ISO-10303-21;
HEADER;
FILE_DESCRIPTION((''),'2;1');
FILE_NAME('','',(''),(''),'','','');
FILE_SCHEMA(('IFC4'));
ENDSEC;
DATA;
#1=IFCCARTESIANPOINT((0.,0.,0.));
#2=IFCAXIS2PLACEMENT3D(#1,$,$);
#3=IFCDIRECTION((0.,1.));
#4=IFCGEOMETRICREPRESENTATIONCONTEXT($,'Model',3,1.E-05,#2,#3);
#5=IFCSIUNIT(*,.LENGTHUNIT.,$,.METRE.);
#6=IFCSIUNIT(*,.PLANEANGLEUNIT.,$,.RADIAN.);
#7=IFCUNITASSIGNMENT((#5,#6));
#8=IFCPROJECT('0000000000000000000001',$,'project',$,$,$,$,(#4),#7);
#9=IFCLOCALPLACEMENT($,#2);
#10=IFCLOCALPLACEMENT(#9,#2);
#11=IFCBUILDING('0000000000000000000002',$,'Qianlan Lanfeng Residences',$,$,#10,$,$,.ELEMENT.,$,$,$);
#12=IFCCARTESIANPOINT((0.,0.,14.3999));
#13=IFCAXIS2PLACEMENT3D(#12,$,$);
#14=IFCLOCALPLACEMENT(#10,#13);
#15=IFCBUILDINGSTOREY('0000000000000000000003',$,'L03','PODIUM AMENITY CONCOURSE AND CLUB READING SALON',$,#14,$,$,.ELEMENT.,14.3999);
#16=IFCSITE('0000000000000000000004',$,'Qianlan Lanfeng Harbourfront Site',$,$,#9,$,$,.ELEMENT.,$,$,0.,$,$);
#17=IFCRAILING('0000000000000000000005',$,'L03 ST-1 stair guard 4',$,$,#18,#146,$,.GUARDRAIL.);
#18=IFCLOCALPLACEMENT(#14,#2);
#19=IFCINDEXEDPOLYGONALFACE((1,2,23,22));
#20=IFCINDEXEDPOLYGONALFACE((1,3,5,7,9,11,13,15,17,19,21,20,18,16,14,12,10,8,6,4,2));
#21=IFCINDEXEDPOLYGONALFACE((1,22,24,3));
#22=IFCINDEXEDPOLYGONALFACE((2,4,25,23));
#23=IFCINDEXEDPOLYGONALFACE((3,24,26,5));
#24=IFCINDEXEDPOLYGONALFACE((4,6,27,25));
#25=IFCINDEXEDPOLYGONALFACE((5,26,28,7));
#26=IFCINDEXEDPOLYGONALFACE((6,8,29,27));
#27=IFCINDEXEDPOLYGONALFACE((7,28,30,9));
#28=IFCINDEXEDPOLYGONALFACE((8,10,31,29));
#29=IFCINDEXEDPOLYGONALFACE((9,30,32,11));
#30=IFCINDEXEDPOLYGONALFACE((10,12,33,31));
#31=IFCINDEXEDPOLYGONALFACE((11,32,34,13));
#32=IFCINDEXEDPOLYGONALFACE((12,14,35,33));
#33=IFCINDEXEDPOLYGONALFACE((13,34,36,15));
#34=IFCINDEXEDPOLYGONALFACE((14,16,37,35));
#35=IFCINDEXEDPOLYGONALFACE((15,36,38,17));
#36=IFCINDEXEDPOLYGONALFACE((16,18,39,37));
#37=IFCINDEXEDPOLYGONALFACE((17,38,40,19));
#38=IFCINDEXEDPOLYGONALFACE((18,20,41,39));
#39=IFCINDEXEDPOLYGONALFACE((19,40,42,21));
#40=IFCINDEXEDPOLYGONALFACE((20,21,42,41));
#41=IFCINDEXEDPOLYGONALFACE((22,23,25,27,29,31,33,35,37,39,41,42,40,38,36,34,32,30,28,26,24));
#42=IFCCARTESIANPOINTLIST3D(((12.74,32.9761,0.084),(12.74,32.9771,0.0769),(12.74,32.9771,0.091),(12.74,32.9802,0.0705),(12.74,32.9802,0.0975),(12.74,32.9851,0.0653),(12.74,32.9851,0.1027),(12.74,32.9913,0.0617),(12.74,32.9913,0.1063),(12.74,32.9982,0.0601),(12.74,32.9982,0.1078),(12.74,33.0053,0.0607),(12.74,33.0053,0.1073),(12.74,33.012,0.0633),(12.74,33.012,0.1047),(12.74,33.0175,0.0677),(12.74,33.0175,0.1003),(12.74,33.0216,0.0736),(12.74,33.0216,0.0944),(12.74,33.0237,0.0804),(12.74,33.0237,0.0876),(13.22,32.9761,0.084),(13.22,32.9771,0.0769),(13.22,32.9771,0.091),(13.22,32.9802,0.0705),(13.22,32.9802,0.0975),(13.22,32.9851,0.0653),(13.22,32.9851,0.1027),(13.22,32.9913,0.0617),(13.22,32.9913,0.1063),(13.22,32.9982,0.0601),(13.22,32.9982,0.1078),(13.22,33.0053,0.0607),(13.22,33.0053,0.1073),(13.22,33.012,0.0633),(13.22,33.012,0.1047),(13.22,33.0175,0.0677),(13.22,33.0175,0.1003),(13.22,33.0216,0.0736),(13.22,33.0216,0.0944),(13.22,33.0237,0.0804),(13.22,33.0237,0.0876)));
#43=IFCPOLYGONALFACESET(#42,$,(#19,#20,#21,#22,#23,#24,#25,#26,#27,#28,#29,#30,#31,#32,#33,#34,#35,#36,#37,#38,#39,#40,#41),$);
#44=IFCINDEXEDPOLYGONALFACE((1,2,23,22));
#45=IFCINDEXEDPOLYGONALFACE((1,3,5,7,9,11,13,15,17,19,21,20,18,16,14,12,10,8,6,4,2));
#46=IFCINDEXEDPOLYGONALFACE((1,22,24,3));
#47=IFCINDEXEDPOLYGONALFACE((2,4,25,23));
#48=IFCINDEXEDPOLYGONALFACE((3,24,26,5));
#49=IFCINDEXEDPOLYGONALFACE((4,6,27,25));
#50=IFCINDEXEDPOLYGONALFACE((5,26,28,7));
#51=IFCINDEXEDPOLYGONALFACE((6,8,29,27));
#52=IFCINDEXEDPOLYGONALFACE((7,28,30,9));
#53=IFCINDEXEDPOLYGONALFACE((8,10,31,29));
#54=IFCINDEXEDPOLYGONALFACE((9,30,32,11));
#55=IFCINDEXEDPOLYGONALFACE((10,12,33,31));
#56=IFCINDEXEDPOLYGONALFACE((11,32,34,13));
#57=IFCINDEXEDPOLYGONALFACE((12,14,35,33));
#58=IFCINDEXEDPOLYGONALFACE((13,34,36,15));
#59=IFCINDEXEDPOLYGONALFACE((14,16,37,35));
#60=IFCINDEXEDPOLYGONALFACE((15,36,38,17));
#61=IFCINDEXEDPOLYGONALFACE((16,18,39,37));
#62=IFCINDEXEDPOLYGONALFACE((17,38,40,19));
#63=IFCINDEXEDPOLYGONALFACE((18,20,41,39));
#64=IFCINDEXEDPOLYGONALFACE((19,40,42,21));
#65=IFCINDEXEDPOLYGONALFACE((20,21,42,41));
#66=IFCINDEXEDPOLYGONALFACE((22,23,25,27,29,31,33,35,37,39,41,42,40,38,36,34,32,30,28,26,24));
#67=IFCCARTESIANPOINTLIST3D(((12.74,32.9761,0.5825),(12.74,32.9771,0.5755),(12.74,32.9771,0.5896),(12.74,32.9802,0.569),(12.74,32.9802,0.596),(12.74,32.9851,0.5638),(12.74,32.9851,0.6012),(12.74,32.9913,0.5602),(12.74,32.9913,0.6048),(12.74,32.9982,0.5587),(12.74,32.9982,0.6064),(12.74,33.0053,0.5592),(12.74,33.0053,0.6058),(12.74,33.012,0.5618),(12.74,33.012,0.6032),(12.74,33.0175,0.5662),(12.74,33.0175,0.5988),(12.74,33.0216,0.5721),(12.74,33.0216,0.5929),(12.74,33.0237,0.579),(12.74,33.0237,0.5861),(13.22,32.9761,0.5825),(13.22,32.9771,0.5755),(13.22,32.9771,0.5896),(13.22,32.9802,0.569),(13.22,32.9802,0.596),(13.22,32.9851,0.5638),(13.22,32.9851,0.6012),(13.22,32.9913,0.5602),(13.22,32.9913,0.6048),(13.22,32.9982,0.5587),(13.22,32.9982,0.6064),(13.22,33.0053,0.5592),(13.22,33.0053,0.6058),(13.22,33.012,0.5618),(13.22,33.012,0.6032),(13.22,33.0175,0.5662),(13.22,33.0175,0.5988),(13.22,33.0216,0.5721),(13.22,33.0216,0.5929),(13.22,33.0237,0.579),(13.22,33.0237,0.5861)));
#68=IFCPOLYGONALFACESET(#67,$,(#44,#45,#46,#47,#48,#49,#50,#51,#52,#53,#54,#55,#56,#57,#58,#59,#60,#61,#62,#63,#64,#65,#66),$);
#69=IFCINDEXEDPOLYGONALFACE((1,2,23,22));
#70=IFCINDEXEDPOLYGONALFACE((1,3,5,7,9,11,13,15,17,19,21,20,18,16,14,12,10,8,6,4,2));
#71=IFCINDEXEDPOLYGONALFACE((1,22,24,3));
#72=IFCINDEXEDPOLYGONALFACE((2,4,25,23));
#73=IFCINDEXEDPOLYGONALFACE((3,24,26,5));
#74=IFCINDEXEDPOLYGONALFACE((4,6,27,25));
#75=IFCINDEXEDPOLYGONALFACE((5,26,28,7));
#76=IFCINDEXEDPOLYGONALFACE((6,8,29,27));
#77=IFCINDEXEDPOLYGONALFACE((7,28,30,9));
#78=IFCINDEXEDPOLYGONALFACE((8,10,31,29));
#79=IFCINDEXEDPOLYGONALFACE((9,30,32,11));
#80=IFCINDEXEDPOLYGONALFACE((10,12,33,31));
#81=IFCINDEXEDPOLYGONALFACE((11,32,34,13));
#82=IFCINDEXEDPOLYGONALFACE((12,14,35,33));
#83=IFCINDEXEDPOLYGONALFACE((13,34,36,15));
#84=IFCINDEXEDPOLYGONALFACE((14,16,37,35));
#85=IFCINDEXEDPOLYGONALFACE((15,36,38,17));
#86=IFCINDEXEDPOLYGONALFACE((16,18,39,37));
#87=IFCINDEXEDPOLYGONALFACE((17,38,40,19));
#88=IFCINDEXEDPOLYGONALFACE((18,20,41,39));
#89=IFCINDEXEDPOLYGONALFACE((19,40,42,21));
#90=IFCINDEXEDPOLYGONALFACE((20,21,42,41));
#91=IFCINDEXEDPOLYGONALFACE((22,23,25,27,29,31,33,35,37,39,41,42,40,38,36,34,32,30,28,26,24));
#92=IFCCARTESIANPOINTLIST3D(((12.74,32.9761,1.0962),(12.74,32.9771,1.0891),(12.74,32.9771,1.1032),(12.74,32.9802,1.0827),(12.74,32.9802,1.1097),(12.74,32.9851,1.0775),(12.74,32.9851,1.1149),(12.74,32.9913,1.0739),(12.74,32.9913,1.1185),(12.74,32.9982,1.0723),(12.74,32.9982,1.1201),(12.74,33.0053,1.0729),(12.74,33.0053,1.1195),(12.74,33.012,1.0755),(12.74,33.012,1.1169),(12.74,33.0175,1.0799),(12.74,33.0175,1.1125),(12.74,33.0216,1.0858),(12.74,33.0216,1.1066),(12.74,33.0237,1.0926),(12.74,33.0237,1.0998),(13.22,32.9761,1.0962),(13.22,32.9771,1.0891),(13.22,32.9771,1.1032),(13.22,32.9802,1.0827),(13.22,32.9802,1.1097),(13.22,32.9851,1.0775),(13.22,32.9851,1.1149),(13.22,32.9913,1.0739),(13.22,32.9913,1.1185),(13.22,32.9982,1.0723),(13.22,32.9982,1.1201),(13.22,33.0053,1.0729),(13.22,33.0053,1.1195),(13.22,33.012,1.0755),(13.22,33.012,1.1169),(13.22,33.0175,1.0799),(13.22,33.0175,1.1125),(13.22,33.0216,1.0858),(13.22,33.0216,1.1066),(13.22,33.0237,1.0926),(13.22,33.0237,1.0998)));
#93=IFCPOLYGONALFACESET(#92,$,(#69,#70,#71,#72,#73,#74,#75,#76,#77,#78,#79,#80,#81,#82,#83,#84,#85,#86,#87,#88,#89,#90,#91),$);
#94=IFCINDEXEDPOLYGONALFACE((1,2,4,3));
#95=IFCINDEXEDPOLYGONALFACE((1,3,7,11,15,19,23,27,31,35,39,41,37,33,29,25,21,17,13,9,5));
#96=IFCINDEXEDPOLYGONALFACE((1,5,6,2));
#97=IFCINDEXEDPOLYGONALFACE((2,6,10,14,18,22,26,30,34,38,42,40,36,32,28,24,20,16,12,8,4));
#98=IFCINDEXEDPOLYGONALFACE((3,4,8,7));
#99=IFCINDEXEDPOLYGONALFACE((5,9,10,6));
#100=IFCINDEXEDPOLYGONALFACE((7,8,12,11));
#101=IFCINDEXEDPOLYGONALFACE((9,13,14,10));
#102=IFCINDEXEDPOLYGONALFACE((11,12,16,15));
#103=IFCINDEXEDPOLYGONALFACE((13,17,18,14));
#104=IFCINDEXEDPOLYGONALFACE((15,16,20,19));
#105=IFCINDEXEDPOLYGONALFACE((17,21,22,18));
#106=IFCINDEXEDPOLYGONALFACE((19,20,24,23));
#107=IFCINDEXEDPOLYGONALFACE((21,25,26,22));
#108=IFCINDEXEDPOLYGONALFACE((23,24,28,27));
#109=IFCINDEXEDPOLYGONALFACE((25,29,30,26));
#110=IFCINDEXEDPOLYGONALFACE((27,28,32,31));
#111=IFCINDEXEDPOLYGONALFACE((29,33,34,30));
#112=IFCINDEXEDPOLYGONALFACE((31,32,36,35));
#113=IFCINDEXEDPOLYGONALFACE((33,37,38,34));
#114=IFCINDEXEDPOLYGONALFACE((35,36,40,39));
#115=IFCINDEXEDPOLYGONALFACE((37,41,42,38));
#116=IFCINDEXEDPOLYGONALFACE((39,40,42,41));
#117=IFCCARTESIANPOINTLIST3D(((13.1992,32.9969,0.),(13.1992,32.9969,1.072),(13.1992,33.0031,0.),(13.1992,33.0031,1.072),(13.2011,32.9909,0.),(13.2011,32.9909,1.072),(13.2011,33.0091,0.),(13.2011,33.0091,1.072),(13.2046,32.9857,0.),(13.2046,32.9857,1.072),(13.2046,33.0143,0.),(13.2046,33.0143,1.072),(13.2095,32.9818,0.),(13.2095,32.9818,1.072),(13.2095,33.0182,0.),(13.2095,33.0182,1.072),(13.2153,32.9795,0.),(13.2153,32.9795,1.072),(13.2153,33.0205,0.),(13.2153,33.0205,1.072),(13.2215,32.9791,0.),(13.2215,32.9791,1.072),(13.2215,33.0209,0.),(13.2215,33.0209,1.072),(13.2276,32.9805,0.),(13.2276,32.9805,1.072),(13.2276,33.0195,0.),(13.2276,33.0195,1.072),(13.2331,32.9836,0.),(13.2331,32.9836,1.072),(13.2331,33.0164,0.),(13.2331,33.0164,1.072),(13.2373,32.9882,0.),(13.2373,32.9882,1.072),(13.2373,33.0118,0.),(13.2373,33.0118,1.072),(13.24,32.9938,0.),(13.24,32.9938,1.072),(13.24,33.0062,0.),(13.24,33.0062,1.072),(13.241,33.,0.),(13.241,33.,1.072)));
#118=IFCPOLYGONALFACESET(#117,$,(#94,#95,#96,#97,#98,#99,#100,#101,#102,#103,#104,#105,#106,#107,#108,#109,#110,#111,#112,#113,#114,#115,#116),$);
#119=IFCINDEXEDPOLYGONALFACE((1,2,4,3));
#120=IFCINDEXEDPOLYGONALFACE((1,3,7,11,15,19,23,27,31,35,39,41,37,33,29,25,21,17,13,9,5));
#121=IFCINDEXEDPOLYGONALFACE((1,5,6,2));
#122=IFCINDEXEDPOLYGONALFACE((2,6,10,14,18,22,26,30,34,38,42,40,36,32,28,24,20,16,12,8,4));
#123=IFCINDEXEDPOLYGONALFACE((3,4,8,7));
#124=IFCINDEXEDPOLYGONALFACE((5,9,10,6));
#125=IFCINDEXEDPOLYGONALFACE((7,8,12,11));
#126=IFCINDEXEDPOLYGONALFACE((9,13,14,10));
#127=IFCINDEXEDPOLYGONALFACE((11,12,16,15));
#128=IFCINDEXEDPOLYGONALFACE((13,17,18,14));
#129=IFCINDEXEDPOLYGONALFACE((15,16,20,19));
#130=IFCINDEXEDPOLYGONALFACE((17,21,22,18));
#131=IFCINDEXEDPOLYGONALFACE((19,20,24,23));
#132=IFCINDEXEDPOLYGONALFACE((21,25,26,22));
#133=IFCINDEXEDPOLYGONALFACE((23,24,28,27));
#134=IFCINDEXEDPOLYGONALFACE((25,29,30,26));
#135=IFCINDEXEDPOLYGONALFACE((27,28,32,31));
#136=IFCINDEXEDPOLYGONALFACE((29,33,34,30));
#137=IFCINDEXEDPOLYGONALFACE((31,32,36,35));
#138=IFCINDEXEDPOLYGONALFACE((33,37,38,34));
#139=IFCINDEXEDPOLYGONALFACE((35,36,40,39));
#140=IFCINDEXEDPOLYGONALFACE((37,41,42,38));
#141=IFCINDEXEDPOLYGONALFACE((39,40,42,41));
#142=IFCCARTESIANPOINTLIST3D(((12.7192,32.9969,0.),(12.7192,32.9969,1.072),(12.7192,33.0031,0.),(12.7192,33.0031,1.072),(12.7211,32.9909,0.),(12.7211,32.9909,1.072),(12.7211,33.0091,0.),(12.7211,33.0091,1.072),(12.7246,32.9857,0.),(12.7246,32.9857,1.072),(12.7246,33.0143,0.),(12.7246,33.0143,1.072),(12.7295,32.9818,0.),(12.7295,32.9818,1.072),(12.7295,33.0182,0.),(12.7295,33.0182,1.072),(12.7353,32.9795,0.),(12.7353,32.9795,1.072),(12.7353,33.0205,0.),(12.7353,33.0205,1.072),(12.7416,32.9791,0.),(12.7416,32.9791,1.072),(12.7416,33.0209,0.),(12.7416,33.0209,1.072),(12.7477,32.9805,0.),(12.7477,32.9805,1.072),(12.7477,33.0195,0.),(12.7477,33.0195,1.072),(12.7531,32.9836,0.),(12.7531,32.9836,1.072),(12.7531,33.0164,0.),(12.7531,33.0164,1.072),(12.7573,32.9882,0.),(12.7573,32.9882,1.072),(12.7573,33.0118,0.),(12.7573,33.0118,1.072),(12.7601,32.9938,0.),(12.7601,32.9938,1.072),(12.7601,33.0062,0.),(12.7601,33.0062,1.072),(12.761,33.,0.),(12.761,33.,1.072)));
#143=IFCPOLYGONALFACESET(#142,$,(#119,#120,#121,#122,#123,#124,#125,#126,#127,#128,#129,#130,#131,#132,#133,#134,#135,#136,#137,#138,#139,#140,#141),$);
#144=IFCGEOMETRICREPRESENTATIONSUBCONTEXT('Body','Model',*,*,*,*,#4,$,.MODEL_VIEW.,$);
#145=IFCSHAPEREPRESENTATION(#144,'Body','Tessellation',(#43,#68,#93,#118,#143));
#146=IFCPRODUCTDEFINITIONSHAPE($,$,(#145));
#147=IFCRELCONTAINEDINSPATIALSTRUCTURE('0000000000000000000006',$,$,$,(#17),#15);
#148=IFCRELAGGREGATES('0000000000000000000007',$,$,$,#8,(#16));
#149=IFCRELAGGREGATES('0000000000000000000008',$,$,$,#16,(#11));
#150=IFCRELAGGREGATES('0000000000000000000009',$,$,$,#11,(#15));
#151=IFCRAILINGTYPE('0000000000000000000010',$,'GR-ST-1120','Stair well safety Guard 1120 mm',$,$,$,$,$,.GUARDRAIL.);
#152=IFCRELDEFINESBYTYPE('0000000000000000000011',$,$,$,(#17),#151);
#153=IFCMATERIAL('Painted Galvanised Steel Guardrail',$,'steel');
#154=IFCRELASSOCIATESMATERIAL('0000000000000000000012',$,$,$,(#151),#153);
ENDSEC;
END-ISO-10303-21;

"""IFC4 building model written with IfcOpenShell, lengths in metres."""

from ifc_helpers import new_model, si_unit, direction, frame, origin, origin_2d, place, context, subcontext, project, spatial, circle, extrude, material, type_object, element, save


model = new_model("IFC4")

# Units and contexts
model_context = context("Model", 3, precision=1e-05, world=origin(), true_north=direction((0.0, 1.0)))
body_context = subcontext(model_context, "Body", "Model", "MODEL_VIEW")
ifc_project = project(units=[si_unit("LENGTHUNIT", "METRE"), si_unit("PLANEANGLEUNIT", "RADIAN")], contexts=[model_context])

# Site, building, storey
site_placement = place(None, origin())
site = spatial("IfcSite", under=ifc_project, at=site_placement, Name="Qianlan Lanfeng Harbourfront Site", CompositionType="ELEMENT", RefElevation=0.0)
building_placement = place(site_placement, origin())
building = spatial("IfcBuilding", under=site, at=building_placement, Name="Qianlan Lanfeng Residences", CompositionType="ELEMENT")
storey_placement = place(building_placement, frame((0.0, 0.0, 14.3999)))
storey = spatial("IfcBuildingStorey", under=building, at=storey_placement, Name="L03", Description="PODIUM AMENITY CONCOURSE AND CLUB READING SALON", CompositionType="ELEMENT", Elevation=14.3999)

# Railing
ifc_material_1 = material(Name="Painted Galvanised Steel Guardrail", Category="steel")
railing_type = type_object("IfcRailingType", Name="GR-ST-1120", Description="Stair well safety Guard 1120 mm", PredefinedType="GUARDRAIL", material=ifc_material_1)
railing_placement = place(storey_placement, frame((13.22, 33.0, 0.0)))
element("IfcRailing", 1, at=railing_placement, inside=storey, type_object=railing_type, Name="L03 ST-1 stair guard 4", PredefinedType="GUARDRAIL", context=body_context, shape_type="SweptSolid", body=[
    extrude(circle(Radius=0.0239, at=origin_2d()), frame((0.0, 0.0, 0.084), z_axis=(-1.0, 0.0, 0.0), x_axis=(0.0, -1.0, 0.0)), (0.0, 0.0, 1.0), 0.48),
    extrude(circle(Radius=0.0239, at=origin_2d()), frame((0.0, 0.0, 0.5825), z_axis=(-1.0, 0.0, 0.0), x_axis=(0.0, -1.0, 0.0)), (0.0, 0.0, 1.0), 0.48),
    extrude(circle(Radius=0.0239, at=origin_2d()), frame((0.0, 0.0, 1.0962), z_axis=(-1.0, 0.0, 0.0), x_axis=(0.0, -1.0, 0.0)), (0.0, 0.0, 1.0), 0.48),
    extrude(circle(Radius=0.021, at=origin_2d()), origin(), (0.0, 0.0, 1.0), 1.072),
    extrude(circle(Radius=0.021, at=origin_2d()), frame((-0.48, 0.0, 0.0)), (0.0, 0.0, 1.0), 1.072),
])

save(model, "model.ifc")
